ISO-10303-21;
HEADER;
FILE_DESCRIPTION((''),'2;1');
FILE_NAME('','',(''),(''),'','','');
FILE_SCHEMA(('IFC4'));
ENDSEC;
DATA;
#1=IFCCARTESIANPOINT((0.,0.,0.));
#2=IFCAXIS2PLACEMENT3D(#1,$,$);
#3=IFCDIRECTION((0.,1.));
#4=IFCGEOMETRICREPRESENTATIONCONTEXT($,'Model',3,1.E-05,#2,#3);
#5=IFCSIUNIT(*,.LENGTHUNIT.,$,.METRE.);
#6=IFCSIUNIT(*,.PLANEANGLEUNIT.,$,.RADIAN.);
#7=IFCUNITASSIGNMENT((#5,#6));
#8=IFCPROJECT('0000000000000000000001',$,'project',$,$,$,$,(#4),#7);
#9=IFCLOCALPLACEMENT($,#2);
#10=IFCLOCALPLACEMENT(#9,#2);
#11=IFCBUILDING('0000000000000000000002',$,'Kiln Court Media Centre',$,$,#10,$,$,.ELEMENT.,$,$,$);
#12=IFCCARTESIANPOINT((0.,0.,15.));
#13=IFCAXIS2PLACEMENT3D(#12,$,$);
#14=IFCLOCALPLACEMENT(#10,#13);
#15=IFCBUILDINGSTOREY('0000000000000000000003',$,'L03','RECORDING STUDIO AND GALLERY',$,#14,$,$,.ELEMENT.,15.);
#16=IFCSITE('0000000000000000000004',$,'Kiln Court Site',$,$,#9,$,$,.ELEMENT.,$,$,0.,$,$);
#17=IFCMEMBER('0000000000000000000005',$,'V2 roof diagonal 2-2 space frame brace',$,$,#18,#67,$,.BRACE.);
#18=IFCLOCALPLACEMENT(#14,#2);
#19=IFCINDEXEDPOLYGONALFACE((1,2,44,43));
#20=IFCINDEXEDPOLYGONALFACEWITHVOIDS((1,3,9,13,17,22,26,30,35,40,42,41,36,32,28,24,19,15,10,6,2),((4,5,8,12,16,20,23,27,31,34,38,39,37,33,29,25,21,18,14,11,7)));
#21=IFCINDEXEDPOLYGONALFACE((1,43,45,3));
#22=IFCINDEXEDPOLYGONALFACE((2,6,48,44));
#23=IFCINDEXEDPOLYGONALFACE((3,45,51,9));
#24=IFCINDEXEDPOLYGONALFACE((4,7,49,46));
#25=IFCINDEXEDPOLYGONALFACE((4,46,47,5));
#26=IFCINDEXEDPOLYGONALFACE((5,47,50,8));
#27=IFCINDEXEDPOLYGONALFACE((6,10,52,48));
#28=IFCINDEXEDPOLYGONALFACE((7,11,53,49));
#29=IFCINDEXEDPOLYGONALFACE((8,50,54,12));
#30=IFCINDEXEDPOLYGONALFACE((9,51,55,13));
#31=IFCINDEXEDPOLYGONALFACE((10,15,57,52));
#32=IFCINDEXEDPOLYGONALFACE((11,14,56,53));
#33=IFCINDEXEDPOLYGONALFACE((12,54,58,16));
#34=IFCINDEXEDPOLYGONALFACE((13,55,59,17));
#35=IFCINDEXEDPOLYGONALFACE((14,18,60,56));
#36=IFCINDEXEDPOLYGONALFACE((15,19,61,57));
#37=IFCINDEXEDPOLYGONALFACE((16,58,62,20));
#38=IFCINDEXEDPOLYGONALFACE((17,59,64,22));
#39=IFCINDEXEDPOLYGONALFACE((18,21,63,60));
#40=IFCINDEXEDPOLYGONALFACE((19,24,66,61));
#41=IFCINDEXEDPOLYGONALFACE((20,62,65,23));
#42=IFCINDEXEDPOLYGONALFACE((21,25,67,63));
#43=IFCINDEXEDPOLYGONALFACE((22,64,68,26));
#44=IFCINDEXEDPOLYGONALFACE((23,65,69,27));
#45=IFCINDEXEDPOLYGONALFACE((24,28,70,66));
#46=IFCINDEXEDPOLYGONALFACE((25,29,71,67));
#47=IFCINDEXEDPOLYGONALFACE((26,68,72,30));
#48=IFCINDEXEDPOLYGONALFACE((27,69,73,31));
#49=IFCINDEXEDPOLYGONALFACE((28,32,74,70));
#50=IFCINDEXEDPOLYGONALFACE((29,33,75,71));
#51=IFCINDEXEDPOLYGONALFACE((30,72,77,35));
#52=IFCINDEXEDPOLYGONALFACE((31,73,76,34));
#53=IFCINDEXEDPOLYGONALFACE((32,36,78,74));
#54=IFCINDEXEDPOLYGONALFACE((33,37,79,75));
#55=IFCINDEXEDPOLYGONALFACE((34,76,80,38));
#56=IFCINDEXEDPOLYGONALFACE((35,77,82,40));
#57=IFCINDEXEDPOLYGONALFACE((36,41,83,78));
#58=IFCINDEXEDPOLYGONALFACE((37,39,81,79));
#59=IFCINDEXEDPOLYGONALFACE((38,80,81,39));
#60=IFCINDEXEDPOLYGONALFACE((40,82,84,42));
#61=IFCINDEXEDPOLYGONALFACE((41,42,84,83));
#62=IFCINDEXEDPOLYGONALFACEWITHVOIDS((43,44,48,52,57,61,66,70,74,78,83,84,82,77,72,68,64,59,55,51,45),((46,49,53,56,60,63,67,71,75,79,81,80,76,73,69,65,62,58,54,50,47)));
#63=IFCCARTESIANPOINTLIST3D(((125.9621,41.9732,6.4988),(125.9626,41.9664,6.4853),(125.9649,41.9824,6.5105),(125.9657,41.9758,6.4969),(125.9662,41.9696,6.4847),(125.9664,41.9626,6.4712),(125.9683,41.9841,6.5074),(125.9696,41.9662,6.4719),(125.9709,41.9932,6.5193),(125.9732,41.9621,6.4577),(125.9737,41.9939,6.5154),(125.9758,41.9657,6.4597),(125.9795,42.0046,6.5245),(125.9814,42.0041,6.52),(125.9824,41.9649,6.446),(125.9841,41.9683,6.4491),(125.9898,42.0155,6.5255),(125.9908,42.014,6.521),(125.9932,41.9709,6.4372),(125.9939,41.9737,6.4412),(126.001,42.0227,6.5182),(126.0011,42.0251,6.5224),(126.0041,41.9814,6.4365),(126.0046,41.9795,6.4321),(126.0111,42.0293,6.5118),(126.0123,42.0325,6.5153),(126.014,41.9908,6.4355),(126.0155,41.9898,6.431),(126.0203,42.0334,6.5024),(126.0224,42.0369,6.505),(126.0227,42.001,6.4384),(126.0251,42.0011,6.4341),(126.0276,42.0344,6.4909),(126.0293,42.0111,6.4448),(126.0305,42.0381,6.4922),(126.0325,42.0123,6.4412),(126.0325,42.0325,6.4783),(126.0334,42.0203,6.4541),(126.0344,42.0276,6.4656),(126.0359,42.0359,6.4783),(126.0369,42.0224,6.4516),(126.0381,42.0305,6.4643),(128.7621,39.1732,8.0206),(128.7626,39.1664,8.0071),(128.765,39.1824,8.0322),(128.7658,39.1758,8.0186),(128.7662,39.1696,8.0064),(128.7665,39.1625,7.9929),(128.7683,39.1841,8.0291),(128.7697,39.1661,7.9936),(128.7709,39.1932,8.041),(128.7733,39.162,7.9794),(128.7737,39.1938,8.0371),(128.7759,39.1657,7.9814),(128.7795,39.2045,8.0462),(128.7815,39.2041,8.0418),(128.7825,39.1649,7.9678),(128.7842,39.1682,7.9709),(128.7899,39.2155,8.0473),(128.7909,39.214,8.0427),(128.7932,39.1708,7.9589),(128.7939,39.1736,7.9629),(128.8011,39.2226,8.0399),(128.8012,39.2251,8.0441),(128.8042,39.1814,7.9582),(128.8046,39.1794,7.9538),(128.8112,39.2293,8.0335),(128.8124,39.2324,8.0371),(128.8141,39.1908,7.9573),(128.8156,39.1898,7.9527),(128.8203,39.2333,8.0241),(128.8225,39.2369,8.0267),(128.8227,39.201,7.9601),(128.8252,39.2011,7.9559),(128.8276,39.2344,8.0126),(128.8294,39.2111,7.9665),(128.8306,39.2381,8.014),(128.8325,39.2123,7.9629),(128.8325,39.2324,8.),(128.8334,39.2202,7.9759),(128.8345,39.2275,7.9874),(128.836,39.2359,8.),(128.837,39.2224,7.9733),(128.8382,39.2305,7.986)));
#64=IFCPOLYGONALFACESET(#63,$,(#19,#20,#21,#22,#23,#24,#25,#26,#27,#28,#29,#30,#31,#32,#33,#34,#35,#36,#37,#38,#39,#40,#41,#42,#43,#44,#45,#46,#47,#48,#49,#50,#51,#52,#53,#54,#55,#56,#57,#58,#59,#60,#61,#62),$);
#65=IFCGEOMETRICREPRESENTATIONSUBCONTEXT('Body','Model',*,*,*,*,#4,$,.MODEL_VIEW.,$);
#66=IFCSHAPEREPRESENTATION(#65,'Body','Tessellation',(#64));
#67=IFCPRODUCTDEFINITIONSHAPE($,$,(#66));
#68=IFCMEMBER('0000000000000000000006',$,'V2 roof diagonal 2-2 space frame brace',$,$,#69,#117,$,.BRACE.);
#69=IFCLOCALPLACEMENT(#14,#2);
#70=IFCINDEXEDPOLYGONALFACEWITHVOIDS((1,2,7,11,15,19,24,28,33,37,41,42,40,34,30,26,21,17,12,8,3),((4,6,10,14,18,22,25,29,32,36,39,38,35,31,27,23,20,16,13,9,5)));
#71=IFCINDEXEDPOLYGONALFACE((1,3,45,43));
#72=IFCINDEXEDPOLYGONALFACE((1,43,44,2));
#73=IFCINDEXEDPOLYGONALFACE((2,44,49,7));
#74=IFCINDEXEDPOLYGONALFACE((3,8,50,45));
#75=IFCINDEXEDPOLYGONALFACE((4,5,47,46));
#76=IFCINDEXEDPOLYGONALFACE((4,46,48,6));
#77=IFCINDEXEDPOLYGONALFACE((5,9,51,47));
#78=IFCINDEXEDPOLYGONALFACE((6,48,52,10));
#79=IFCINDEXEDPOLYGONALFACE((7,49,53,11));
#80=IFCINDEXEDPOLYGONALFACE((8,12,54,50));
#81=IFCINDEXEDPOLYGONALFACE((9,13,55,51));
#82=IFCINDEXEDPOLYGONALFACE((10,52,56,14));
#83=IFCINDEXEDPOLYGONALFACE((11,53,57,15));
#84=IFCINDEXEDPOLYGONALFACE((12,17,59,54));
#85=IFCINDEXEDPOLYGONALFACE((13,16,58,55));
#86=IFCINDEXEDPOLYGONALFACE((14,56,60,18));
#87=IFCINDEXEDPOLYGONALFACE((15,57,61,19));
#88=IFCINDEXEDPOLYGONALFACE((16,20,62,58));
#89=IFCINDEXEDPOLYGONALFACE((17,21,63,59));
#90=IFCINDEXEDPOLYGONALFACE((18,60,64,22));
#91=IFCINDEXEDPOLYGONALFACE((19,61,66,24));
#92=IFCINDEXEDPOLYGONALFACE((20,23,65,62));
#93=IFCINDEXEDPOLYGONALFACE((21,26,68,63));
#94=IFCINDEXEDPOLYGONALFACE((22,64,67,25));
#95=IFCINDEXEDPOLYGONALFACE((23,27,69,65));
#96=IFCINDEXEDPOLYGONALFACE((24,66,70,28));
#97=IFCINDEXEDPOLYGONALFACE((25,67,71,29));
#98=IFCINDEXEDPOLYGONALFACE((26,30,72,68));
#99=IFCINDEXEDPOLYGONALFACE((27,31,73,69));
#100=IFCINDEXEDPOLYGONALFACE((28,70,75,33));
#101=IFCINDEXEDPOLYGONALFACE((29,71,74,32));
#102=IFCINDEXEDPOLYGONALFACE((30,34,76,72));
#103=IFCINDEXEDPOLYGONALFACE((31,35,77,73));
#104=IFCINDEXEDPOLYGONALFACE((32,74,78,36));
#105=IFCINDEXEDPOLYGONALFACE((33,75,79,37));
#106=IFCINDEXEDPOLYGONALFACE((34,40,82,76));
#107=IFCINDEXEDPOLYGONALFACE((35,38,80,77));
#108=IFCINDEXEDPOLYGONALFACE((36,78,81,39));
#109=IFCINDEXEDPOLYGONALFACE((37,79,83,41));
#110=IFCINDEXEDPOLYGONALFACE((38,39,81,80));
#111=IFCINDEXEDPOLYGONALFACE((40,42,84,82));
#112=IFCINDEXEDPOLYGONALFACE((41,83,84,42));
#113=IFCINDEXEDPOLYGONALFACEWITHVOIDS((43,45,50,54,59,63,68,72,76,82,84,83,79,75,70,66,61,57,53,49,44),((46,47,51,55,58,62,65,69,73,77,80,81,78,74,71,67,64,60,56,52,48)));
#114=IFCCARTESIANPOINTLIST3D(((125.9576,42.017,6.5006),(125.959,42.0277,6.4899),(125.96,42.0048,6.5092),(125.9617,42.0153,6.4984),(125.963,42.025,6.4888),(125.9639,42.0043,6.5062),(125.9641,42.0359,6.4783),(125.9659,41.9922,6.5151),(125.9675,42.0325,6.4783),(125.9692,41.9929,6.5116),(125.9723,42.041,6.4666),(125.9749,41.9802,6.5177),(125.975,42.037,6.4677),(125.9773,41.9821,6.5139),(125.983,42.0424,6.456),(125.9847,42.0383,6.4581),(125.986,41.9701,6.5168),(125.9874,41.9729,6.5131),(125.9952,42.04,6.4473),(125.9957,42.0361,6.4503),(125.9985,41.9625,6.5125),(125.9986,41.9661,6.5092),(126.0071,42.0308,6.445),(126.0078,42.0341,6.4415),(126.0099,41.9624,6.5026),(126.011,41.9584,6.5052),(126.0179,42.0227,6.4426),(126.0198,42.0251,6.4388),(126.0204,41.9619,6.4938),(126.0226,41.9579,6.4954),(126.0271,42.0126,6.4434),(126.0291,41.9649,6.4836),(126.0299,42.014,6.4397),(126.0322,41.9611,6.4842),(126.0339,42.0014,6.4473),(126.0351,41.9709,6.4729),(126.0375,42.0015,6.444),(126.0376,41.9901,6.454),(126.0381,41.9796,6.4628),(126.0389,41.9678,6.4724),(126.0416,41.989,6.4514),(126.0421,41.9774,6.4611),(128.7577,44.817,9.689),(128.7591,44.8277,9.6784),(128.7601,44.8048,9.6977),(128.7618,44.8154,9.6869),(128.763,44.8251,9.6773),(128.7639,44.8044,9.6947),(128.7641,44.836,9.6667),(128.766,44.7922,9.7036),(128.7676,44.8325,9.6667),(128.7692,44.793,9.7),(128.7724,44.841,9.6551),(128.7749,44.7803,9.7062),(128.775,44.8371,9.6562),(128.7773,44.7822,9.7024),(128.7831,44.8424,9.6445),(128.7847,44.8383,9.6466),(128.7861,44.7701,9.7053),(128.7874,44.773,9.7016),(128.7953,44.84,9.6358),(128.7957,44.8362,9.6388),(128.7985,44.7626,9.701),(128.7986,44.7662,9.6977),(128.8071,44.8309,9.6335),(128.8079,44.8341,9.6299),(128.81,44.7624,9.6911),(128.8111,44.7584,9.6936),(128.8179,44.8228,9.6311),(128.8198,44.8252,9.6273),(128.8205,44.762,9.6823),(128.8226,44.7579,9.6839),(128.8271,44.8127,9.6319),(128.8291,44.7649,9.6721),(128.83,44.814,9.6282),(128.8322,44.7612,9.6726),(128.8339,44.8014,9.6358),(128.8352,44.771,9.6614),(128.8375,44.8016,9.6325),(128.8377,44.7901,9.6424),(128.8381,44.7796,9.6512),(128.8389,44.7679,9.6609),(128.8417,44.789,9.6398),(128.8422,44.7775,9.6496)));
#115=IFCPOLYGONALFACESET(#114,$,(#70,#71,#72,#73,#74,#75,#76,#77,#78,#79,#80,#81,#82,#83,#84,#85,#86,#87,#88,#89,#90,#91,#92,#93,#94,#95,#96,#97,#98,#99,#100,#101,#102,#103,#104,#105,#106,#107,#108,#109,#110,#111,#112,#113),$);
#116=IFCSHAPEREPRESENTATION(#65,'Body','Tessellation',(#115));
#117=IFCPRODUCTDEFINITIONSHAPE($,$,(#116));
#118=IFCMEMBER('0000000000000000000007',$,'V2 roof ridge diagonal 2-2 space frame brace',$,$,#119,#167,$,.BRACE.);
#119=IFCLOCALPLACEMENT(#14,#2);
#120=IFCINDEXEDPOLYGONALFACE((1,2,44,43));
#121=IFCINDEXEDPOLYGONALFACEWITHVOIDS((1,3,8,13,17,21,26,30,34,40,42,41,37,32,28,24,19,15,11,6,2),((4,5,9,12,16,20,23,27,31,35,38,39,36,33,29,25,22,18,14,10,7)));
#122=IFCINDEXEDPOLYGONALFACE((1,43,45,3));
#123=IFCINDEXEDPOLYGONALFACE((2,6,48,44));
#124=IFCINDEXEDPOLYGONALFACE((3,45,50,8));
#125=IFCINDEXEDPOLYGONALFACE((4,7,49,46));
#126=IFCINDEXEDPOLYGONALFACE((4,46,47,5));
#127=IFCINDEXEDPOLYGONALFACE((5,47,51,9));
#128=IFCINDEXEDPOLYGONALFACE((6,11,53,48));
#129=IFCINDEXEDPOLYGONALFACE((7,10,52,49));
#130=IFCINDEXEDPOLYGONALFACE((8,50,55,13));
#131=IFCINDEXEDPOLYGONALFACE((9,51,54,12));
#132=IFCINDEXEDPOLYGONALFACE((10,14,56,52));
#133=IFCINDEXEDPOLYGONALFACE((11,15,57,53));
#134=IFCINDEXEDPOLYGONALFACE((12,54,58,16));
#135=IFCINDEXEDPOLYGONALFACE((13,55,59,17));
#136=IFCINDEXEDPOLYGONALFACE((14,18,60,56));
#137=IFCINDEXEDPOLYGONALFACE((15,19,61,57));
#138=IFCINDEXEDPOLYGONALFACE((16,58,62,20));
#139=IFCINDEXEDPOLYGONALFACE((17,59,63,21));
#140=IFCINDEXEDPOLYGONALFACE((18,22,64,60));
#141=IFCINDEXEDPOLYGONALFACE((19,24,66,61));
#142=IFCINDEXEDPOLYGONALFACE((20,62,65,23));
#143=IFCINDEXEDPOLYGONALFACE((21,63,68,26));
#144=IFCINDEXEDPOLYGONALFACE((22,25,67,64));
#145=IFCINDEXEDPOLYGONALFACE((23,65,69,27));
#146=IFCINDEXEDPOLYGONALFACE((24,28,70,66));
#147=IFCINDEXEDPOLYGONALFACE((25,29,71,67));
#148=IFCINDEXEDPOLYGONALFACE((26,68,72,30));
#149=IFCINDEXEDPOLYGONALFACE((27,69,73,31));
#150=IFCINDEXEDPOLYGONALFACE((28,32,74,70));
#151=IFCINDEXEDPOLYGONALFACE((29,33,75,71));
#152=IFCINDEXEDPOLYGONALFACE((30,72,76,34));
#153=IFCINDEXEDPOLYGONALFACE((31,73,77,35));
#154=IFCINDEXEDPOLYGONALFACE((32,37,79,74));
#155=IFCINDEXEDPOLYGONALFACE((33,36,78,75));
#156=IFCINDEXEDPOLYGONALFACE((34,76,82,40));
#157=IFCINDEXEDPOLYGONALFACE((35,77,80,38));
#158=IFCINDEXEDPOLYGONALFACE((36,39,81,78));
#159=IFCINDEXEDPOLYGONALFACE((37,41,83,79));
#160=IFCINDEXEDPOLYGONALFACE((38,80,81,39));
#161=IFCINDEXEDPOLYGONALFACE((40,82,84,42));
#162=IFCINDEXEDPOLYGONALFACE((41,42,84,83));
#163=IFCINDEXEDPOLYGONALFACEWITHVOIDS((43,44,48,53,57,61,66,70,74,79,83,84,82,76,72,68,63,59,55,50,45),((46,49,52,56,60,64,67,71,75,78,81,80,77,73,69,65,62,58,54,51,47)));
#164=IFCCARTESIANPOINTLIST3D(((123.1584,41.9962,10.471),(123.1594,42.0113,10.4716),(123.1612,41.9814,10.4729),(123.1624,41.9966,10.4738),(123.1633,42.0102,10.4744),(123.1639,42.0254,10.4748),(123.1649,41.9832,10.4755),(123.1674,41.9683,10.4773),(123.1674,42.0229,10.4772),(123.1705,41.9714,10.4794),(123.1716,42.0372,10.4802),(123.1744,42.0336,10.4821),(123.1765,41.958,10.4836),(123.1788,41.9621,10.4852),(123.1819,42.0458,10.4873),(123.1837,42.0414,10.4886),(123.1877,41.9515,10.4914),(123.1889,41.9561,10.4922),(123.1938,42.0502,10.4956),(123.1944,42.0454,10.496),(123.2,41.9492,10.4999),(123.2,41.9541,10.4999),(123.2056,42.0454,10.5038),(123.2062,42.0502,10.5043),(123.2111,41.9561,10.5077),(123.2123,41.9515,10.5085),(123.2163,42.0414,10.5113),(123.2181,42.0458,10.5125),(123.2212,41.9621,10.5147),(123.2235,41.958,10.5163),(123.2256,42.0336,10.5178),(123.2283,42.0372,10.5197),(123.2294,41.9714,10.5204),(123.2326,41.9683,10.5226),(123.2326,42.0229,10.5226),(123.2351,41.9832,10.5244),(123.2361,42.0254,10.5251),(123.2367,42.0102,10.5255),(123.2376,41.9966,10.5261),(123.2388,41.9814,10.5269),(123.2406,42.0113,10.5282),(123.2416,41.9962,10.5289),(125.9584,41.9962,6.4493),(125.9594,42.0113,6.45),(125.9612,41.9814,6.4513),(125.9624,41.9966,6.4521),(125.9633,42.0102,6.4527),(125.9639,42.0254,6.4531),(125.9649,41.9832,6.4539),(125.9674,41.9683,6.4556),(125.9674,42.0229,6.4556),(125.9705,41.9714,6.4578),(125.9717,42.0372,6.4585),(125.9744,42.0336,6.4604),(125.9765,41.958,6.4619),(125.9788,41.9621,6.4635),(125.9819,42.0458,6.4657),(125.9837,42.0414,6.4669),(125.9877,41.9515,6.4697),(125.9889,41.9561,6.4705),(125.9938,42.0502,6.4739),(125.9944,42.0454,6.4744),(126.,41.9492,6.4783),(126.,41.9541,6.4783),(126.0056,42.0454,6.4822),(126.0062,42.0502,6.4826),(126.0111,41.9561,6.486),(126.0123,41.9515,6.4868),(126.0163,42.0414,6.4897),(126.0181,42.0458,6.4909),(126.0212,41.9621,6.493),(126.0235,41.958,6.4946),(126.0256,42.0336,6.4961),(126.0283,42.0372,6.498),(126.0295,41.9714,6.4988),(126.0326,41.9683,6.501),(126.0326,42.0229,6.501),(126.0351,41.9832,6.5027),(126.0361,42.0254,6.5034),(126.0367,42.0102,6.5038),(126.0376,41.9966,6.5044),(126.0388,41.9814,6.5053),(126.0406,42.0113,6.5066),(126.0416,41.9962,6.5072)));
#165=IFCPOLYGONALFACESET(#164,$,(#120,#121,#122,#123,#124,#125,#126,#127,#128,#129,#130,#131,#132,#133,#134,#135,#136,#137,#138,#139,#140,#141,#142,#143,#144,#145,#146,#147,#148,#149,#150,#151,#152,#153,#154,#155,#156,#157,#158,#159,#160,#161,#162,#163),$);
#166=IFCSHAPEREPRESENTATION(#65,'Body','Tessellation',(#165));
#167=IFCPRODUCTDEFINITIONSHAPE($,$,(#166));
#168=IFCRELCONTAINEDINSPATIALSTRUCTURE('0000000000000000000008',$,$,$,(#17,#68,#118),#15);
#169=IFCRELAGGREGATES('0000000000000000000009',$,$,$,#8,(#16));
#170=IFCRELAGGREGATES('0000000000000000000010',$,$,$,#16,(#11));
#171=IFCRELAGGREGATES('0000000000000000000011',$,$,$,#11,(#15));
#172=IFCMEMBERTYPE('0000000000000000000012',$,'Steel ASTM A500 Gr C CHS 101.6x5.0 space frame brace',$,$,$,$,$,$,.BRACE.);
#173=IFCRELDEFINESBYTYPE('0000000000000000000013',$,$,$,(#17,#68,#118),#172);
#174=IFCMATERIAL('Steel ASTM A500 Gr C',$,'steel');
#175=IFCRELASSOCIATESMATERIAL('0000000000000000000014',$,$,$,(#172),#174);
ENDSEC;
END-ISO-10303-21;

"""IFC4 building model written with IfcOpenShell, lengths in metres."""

from ifc_helpers import new_model, si_unit, direction, frame, origin, origin_2d, place, context, subcontext, project, spatial, hollow_circle, extrude, material, material_profile, profile_set, type_object, element, save


model = new_model("IFC4")

# Units and contexts
model_context = context("Model", 3, precision=1e-05, world=origin(), true_north=direction((0.0, 1.0)))
body_context = subcontext(model_context, "Body", "Model", "MODEL_VIEW")
ifc_project = project(units=[si_unit("LENGTHUNIT", "METRE"), si_unit("PLANEANGLEUNIT", "RADIAN")], contexts=[model_context])

# Site, building, storey
site_placement = place(None, origin())
site = spatial("IfcSite", under=ifc_project, at=site_placement, Name="Kiln Court Site", CompositionType="ELEMENT", RefElevation=0.0)
building_placement = place(site_placement, origin())
building = spatial("IfcBuilding", under=site, at=building_placement, Name="Kiln Court Media Centre", CompositionType="ELEMENT")
storey_placement = place(building_placement, frame((0.0, 0.0, 15.0)))
storey = spatial("IfcBuildingStorey", under=building, at=storey_placement, Name="L03", Description="RECORDING STUDIO AND GALLERY", CompositionType="ELEMENT", Elevation=15.0)

# Members
ifc_material_1 = material(Name="Steel ASTM A500 Gr C", Category="steel")
ifc_material_profile_1 = material_profile(ifc_material_1, hollow_circle(Radius=0.0508, WallThickness=0.0049, at=origin_2d()), Name="CHS 101.6x5.0")
ifc_profile_set_1 = profile_set([ifc_material_profile_1], Name="Steel ASTM A500 Gr C")
member_type_1 = type_object("IfcMemberType", Name="Steel ASTM A500 Gr C CHS 101.6x5.0 space frame brace", PredefinedType="BRACE", material=ifc_profile_set_1)
member_1_placement = place(storey_placement, frame((126.0, 42.0, 6.4783), z_axis=(0.660047, -0.660047, 0.358713), x_axis=(0.707107, 0.707107, 0.0)))
element("IfcMember", 1, at=member_1_placement, inside=storey, type_object=member_type_1, Name="V2 roof diagonal 2-2 space frame brace", PredefinedType="BRACE", context=body_context, shape_type="SweptSolid", body=[
    extrude(hollow_circle(Radius=0.0508, WallThickness=0.0049, at=origin_2d()), origin(), (0.0, 0.0, 1.0), 4.2422),
])
member_2_placement = place(storey_placement, frame((126.0, 42.0, 6.4783), z_axis=(0.550758, 0.550758, 0.627161), x_axis=(-0.707107, 0.707107, 0.0)))
element("IfcMember", 2, at=member_2_placement, inside=storey, type_object=member_type_1, Name="V2 roof diagonal 2-2 space frame brace", PredefinedType="BRACE", context=body_context, shape_type="SweptSolid", body=[
    extrude(hollow_circle(Radius=0.0508, WallThickness=0.0049, at=origin_2d()), origin(), (0.0, 0.0, 1.0), 5.084),
])
for number, where, z_axis, x_axis, name in (
    (3, (126.0, 42.0, 6.4783), (-0.571384, 0.0, 0.820683), (0.0, -1.0, 0.0), "V2 roof ridge diagonal 2-2 space frame brace"),
):
    element("IfcMember", number, at=place(storey_placement, frame(where, z_axis=z_axis, x_axis=x_axis)), inside=storey, type_object=member_type_1, Name=name, PredefinedType="BRACE", context=body_context, shape_type="SweptSolid", body=[
        extrude(hollow_circle(Radius=0.0508, WallThickness=0.0049, at=origin_2d()), origin(), (0.0, 0.0, 1.0), 4.9004),
    ])

save(model, "model.ifc")
